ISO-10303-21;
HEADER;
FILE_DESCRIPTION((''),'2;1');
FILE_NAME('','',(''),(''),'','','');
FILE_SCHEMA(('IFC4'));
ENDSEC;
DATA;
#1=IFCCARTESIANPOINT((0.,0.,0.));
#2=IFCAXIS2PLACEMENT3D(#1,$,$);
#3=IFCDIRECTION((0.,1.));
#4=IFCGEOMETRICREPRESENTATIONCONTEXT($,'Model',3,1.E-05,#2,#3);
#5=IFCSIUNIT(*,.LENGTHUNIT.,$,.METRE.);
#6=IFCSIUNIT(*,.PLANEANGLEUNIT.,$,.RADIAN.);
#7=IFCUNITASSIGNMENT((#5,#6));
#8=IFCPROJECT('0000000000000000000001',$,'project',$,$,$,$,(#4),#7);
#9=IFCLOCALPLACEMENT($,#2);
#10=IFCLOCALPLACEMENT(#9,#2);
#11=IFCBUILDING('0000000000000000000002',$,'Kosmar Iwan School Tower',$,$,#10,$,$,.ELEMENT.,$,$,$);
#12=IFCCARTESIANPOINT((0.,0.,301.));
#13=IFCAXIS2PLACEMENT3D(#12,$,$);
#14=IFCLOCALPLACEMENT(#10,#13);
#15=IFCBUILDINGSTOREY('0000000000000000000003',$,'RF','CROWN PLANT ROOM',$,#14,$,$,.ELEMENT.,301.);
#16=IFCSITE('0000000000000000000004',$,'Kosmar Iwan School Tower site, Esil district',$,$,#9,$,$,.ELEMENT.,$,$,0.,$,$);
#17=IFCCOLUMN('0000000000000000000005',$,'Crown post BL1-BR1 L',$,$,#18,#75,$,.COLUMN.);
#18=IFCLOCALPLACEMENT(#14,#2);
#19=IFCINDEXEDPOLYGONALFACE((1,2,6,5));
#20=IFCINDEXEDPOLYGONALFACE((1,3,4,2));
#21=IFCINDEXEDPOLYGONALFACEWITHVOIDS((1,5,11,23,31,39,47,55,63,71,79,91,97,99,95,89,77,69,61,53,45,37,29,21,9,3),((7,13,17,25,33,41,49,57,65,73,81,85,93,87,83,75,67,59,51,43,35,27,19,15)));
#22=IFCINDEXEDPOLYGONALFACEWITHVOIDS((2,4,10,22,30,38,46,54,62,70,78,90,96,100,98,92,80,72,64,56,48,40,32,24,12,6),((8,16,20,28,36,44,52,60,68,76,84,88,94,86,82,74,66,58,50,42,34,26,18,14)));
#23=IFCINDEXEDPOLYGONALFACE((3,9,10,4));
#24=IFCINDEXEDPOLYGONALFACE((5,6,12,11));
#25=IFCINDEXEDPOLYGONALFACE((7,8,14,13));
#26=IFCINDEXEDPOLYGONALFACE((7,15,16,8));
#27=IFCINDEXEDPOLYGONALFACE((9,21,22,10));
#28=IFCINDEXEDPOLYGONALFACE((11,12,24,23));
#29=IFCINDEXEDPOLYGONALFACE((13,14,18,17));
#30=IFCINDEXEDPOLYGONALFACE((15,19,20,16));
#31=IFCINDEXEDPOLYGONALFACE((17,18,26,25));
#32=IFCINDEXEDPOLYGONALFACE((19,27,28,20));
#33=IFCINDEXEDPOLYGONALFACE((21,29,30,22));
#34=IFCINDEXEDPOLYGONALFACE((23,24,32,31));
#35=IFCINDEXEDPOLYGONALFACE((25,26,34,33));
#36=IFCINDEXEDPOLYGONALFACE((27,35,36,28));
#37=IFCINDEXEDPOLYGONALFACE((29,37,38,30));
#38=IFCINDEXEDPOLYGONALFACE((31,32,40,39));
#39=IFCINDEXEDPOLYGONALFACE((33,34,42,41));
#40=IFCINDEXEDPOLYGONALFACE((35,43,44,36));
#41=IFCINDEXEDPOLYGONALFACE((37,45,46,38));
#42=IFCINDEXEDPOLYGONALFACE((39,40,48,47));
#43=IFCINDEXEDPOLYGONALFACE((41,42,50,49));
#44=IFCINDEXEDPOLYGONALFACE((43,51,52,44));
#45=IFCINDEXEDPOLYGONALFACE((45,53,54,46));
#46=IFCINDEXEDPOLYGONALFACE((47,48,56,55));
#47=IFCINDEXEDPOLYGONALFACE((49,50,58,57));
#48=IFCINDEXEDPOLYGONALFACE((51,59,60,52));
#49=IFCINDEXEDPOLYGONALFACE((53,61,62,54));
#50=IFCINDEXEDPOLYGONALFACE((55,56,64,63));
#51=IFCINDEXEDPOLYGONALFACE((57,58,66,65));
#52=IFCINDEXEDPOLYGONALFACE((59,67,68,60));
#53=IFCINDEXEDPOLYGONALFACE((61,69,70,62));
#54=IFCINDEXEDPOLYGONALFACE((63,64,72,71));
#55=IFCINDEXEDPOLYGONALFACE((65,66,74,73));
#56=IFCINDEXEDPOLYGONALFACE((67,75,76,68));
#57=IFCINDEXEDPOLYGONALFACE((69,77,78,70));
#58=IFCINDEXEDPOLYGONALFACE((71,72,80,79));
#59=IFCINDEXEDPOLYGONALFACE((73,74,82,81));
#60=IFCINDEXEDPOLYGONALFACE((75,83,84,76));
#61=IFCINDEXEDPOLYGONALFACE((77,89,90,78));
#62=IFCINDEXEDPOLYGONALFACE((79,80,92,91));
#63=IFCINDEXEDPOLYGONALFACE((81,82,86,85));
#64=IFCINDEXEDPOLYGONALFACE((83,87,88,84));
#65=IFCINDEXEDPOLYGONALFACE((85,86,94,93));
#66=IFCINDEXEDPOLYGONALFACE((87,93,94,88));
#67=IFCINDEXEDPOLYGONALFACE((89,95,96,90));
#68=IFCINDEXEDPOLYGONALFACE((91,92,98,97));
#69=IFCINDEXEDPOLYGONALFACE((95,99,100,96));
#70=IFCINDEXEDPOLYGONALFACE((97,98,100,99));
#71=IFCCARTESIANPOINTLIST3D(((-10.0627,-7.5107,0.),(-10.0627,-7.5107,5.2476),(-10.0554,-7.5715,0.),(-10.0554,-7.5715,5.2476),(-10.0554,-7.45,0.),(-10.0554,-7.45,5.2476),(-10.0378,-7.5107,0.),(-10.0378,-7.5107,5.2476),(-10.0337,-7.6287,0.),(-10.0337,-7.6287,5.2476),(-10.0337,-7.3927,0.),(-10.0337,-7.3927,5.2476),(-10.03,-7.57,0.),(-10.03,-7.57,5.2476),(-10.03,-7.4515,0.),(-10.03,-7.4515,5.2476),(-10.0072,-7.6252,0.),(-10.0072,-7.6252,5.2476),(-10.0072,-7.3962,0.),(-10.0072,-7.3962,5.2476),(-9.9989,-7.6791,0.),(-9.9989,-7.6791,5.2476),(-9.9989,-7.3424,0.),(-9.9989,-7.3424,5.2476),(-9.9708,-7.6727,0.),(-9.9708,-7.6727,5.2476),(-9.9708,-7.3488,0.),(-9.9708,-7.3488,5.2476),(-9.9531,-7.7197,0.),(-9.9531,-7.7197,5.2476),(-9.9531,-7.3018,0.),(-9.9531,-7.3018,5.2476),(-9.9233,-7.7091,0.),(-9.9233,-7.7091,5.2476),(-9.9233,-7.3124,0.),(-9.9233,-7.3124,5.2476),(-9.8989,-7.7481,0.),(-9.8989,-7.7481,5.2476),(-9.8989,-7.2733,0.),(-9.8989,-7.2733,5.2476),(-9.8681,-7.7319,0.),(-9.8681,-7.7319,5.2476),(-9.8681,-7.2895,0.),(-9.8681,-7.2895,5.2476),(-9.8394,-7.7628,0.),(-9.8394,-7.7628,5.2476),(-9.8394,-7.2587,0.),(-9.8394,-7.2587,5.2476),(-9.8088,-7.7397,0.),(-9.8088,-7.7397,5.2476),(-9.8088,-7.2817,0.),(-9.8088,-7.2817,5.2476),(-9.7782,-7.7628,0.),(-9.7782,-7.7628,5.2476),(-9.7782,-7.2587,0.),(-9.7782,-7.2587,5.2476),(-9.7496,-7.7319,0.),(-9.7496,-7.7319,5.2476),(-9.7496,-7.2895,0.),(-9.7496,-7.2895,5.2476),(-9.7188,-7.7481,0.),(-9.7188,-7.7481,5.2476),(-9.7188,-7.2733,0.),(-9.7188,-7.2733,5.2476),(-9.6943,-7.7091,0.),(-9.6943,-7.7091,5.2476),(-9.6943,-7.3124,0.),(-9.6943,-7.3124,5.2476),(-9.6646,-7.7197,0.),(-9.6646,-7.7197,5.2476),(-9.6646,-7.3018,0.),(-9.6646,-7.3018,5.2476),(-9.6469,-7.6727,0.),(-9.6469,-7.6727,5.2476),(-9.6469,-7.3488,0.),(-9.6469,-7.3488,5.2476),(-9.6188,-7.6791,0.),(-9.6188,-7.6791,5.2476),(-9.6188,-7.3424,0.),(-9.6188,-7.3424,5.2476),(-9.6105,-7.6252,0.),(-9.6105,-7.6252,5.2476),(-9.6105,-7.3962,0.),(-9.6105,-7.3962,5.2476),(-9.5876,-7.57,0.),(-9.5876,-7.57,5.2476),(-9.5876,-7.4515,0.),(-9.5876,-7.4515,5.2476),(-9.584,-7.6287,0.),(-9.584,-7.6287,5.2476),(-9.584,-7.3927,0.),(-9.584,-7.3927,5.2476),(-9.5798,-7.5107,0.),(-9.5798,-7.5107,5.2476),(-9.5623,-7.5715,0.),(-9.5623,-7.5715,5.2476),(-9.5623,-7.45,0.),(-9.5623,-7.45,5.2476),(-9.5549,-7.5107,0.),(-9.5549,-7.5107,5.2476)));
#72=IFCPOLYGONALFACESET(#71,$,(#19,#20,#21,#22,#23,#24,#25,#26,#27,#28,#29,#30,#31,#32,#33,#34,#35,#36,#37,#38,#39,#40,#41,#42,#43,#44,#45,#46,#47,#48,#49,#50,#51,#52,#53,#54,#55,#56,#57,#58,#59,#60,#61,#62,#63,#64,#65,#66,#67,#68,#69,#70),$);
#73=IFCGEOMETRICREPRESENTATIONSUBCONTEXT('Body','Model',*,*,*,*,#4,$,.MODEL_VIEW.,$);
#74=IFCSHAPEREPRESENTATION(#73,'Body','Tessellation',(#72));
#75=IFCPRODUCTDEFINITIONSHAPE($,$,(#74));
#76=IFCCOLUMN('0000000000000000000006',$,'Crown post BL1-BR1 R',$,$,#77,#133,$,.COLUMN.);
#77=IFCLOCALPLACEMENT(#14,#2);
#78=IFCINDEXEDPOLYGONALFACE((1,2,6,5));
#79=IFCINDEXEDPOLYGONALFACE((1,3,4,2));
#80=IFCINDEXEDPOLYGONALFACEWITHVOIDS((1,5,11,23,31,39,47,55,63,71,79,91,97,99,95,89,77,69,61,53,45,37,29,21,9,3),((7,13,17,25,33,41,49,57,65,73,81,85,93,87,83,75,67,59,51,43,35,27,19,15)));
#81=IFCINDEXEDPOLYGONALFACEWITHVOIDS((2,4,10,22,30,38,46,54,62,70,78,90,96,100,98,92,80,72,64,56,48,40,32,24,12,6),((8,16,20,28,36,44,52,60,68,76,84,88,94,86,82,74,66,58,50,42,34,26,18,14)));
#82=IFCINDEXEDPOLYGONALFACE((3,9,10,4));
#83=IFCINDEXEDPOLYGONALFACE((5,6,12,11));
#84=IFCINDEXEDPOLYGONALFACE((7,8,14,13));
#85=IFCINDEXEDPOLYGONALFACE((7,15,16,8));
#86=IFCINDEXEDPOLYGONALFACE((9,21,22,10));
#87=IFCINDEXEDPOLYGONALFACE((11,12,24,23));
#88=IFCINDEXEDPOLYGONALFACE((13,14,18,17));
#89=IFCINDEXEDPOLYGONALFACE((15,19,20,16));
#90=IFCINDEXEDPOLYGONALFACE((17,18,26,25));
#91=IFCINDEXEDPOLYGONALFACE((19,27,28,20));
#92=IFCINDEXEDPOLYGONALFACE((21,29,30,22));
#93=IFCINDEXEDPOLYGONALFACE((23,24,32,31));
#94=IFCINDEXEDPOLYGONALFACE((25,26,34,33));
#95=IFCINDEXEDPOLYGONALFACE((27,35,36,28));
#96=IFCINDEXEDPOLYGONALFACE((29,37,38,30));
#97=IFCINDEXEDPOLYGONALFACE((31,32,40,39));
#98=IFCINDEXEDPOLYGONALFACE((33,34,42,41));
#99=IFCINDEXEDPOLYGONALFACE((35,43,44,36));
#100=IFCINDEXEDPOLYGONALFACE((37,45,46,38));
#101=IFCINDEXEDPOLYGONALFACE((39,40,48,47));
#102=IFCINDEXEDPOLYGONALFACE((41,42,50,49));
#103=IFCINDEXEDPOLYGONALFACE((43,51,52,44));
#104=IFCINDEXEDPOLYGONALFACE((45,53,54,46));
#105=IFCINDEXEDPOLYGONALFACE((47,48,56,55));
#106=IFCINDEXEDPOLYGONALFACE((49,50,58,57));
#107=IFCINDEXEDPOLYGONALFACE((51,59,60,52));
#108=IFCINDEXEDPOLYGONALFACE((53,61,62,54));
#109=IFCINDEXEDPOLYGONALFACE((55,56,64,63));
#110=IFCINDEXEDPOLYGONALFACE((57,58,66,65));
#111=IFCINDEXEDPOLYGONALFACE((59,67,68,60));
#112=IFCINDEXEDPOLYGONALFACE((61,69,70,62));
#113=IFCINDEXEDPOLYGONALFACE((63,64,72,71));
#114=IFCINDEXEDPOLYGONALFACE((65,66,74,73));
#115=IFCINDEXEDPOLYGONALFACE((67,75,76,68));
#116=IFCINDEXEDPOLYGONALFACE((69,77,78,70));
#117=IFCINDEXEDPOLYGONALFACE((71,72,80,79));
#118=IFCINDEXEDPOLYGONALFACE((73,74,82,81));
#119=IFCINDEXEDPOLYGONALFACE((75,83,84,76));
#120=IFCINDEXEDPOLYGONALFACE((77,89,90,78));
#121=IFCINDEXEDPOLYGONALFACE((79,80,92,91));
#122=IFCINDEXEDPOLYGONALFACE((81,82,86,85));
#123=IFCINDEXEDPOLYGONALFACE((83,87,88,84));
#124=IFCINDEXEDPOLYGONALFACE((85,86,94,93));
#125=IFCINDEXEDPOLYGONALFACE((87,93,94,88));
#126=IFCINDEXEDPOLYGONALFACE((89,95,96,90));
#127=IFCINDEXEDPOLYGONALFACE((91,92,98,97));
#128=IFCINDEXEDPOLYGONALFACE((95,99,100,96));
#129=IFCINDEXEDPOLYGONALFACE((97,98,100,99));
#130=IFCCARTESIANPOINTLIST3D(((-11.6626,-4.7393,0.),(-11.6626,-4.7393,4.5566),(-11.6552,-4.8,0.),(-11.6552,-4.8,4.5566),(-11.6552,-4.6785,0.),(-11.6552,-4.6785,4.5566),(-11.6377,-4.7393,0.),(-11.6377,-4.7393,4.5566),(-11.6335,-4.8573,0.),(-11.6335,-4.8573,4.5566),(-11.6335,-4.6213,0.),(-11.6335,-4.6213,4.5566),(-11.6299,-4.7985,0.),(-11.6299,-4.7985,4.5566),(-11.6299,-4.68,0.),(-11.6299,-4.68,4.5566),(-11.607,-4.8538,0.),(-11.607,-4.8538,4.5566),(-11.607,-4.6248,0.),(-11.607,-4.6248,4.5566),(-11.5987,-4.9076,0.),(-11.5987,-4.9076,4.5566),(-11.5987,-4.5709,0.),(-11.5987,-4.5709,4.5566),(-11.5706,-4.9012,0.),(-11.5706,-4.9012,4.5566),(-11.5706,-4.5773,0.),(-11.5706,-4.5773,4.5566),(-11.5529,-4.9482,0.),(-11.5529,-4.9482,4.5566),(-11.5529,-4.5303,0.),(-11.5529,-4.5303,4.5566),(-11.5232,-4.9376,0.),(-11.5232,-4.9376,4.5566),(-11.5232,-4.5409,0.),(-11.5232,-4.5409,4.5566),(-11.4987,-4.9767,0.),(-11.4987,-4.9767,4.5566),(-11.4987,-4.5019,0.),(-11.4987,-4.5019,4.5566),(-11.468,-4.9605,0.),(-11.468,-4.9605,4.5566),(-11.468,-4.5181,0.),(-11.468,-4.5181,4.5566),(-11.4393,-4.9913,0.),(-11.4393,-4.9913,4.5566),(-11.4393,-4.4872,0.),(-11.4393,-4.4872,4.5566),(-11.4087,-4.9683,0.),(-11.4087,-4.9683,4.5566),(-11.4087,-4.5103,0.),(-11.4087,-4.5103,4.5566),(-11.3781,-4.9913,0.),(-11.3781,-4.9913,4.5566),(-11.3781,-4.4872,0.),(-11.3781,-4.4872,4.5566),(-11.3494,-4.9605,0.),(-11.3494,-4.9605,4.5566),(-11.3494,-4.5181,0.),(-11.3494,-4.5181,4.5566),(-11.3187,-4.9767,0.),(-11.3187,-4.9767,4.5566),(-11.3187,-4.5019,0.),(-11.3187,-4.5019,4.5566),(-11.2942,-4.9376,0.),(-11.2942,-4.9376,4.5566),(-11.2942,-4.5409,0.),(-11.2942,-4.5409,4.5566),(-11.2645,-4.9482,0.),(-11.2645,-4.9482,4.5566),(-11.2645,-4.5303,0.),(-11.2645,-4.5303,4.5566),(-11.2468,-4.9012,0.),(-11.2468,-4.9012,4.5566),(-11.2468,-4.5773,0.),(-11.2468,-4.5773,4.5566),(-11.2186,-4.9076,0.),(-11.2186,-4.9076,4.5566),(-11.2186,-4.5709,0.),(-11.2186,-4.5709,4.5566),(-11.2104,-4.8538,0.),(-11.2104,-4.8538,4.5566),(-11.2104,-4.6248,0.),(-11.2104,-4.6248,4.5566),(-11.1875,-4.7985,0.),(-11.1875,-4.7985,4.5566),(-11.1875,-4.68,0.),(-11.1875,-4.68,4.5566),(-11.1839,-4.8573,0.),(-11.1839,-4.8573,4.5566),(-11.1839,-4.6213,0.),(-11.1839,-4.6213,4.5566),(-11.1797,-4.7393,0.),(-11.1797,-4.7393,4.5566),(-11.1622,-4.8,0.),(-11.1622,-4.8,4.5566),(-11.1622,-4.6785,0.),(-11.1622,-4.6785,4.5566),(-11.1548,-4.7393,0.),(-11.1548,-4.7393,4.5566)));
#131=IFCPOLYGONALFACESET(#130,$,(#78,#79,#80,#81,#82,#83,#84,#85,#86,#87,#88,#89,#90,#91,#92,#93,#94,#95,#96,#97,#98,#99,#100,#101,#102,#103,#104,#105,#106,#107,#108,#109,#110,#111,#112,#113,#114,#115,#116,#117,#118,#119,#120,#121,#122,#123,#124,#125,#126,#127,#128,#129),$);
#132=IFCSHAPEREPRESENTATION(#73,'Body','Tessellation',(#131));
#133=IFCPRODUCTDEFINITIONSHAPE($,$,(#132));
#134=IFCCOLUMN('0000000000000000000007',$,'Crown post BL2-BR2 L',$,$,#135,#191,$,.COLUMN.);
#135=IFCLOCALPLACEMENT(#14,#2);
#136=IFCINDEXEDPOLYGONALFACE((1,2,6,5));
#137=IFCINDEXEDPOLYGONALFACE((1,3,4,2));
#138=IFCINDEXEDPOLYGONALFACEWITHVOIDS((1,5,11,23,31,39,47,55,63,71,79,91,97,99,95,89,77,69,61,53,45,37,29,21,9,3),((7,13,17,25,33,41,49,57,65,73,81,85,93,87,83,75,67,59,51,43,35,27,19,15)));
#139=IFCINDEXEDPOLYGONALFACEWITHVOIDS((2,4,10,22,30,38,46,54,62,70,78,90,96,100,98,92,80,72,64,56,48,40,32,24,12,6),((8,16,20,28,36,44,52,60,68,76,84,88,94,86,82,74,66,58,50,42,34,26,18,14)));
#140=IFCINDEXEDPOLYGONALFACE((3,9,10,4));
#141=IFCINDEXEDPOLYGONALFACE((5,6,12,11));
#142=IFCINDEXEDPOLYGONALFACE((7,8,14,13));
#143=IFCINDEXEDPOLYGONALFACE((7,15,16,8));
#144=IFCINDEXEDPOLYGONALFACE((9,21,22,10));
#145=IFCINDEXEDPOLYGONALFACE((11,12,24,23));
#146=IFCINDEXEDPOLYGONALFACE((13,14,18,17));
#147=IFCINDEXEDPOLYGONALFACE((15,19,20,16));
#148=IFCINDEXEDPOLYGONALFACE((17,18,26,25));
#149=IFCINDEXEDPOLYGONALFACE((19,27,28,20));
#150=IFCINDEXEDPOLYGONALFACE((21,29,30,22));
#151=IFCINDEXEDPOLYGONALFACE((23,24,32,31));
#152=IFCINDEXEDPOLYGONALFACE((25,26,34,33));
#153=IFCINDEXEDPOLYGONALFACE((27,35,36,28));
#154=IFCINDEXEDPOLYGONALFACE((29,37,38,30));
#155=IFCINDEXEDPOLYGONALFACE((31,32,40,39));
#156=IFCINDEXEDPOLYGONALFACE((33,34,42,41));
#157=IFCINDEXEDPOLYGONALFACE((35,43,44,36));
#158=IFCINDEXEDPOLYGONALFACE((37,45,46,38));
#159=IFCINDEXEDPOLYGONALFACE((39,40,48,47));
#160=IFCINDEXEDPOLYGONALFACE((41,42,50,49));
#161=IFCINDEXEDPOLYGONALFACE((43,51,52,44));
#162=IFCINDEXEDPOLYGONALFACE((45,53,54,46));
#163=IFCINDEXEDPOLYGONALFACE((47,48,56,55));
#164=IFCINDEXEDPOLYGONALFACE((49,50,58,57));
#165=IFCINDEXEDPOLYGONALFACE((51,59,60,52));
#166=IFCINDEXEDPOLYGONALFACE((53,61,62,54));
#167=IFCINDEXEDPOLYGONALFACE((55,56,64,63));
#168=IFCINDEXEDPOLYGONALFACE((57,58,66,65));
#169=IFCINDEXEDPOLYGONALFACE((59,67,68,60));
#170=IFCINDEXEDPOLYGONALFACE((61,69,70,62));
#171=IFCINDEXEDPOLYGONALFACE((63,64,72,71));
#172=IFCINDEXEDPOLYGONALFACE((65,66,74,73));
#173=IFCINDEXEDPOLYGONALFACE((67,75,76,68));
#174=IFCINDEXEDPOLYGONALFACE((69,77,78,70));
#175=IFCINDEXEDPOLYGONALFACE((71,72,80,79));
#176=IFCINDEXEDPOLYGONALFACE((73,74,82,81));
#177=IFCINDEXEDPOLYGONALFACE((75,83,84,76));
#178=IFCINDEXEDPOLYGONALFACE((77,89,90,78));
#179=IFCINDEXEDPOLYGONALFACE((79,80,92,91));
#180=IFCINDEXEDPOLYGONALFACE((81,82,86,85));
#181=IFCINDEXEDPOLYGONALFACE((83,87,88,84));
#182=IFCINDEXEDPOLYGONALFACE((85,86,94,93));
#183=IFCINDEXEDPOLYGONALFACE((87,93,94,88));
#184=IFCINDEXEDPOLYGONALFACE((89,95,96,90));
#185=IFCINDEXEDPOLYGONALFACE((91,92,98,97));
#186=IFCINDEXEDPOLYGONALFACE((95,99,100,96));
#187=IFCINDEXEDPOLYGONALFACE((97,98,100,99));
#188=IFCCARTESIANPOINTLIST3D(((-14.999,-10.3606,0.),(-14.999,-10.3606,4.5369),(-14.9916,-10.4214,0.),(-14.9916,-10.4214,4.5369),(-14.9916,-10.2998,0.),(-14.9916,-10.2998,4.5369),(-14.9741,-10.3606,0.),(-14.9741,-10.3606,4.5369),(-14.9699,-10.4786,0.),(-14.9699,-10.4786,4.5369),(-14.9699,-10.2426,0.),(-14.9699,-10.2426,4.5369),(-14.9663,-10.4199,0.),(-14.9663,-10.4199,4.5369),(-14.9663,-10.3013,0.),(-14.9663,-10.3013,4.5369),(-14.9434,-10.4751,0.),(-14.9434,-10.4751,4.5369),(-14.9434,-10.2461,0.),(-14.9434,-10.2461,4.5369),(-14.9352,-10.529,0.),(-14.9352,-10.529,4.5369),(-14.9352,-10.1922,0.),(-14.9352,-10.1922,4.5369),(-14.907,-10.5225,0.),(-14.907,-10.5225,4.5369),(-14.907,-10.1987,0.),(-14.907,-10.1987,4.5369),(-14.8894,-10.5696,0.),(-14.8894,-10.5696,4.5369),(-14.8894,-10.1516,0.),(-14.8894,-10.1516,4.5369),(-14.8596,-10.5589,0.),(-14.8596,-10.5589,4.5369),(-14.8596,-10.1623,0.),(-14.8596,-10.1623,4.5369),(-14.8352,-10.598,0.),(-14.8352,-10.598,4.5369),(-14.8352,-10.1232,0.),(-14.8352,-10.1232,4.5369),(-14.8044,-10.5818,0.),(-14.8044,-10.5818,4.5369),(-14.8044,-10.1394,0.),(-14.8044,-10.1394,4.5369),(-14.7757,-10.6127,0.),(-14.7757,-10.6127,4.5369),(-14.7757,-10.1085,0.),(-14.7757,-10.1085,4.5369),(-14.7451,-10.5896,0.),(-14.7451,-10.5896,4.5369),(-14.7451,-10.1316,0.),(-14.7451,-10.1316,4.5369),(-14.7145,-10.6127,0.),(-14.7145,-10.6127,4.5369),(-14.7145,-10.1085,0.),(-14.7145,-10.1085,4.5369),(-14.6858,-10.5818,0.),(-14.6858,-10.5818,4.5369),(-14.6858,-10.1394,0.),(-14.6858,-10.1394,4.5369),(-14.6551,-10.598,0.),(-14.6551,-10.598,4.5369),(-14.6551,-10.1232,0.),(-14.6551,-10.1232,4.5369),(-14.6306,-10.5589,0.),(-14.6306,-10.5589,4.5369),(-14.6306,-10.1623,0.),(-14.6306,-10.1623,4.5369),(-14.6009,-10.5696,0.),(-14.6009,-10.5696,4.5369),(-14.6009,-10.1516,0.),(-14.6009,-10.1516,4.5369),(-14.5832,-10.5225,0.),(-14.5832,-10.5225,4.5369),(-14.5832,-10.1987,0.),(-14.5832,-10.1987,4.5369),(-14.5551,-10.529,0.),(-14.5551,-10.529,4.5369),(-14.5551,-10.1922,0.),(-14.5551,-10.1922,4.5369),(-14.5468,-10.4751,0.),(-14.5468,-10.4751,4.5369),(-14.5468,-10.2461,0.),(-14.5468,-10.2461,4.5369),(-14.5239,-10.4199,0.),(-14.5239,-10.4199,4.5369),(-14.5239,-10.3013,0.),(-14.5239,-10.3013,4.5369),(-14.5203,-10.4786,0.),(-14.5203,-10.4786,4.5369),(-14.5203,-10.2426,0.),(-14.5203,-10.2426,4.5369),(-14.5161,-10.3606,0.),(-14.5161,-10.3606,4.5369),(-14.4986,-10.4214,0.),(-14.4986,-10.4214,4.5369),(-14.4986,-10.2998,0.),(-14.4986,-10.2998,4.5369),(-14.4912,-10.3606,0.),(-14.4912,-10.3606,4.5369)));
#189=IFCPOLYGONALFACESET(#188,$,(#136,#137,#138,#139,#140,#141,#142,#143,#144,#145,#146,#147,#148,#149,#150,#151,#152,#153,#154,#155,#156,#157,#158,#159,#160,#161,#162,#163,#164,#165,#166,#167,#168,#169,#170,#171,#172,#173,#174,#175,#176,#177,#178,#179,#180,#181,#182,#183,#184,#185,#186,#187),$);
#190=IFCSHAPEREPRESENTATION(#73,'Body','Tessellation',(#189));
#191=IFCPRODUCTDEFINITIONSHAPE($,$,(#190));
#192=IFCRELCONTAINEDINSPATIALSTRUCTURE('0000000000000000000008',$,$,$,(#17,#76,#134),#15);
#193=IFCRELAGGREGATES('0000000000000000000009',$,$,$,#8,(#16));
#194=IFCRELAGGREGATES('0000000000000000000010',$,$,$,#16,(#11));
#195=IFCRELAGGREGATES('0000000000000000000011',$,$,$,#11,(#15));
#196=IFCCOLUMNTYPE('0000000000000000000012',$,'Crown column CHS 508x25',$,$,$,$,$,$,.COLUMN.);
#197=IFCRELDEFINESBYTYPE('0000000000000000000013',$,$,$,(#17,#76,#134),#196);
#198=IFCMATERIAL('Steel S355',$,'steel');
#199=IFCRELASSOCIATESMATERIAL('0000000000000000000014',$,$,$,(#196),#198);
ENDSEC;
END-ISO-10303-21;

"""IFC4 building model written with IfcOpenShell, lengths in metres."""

from ifc_helpers import new_model, si_unit, direction, frame, origin, origin_2d, place, context, subcontext, project, spatial, hollow_circle, extrude, material, material_profile, profile_set, type_object, element, save


model = new_model("IFC4")

# Units and contexts
model_context = context("Model", 3, precision=1e-05, world=origin(), true_north=direction((0.0, 1.0)))
body_context = subcontext(model_context, "Body", "Model", "MODEL_VIEW")
ifc_project = project(units=[si_unit("LENGTHUNIT", "METRE"), si_unit("PLANEANGLEUNIT", "RADIAN")], contexts=[model_context])

# Site, building, storey
site_placement = place(None, origin())
site = spatial("IfcSite", under=ifc_project, at=site_placement, Name="Kosmar Iwan School Tower site, Esil district", CompositionType="ELEMENT", RefElevation=0.0)
building_placement = place(site_placement, origin())
building = spatial("IfcBuilding", under=site, at=building_placement, Name="Kosmar Iwan School Tower", CompositionType="ELEMENT")
storey_placement = place(building_placement, frame((0.0, 0.0, 301.0)))
storey = spatial("IfcBuildingStorey", under=building, at=storey_placement, Name="RF", Description="CROWN PLANT ROOM", CompositionType="ELEMENT", Elevation=301.0)

# Columns
ifc_material_1 = material(Name="Steel S355", Category="steel")
ifc_material_profile_1 = material_profile(ifc_material_1, hollow_circle(Radius=0.2539, WallThickness=0.0249, at=origin_2d()), Name="CHS 508x25")
ifc_profile_set_1 = profile_set([ifc_material_profile_1], Name="Steel S355")
column_type = type_object("IfcColumnType", Name="Crown column CHS 508x25", PredefinedType="COLUMN", material=ifc_profile_set_1)
column_1_placement = place(storey_placement, frame((-9.8088, -7.5107, 0.0), z_axis=(0.0, 0.0, 1.0), x_axis=(1.0, 0.0, 0.0)))
element("IfcColumn", 1, at=column_1_placement, inside=storey, type_object=column_type, Name="Crown post BL1-BR1 L", PredefinedType="COLUMN", context=body_context, shape_type="SweptSolid", body=[
    extrude(hollow_circle(Radius=0.2539, WallThickness=0.0249, at=origin_2d()), origin(), (0.0, 0.0, 1.0), 5.2476),
])
column_2_placement = place(storey_placement, frame((-11.4087, -4.7393, 0.0), z_axis=(0.0, 0.0, 1.0), x_axis=(1.0, 0.0, 0.0)))
element("IfcColumn", 2, at=column_2_placement, inside=storey, type_object=column_type, Name="Crown post BL1-BR1 R", PredefinedType="COLUMN", context=body_context, shape_type="SweptSolid", body=[
    extrude(hollow_circle(Radius=0.2539, WallThickness=0.0249, at=origin_2d()), origin(), (0.0, 0.0, 1.0), 4.5566),
])
column_3_placement = place(storey_placement, frame((-14.7451, -10.3606, 0.0), z_axis=(0.0, 0.0, 1.0), x_axis=(1.0, 0.0, 0.0)))
element("IfcColumn", 3, at=column_3_placement, inside=storey, type_object=column_type, Name="Crown post BL2-BR2 L", PredefinedType="COLUMN", context=body_context, shape_type="SweptSolid", body=[
    extrude(hollow_circle(Radius=0.2539, WallThickness=0.0249, at=origin_2d()), origin(), (0.0, 0.0, 1.0), 4.5369),
])

save(model, "model.ifc")
